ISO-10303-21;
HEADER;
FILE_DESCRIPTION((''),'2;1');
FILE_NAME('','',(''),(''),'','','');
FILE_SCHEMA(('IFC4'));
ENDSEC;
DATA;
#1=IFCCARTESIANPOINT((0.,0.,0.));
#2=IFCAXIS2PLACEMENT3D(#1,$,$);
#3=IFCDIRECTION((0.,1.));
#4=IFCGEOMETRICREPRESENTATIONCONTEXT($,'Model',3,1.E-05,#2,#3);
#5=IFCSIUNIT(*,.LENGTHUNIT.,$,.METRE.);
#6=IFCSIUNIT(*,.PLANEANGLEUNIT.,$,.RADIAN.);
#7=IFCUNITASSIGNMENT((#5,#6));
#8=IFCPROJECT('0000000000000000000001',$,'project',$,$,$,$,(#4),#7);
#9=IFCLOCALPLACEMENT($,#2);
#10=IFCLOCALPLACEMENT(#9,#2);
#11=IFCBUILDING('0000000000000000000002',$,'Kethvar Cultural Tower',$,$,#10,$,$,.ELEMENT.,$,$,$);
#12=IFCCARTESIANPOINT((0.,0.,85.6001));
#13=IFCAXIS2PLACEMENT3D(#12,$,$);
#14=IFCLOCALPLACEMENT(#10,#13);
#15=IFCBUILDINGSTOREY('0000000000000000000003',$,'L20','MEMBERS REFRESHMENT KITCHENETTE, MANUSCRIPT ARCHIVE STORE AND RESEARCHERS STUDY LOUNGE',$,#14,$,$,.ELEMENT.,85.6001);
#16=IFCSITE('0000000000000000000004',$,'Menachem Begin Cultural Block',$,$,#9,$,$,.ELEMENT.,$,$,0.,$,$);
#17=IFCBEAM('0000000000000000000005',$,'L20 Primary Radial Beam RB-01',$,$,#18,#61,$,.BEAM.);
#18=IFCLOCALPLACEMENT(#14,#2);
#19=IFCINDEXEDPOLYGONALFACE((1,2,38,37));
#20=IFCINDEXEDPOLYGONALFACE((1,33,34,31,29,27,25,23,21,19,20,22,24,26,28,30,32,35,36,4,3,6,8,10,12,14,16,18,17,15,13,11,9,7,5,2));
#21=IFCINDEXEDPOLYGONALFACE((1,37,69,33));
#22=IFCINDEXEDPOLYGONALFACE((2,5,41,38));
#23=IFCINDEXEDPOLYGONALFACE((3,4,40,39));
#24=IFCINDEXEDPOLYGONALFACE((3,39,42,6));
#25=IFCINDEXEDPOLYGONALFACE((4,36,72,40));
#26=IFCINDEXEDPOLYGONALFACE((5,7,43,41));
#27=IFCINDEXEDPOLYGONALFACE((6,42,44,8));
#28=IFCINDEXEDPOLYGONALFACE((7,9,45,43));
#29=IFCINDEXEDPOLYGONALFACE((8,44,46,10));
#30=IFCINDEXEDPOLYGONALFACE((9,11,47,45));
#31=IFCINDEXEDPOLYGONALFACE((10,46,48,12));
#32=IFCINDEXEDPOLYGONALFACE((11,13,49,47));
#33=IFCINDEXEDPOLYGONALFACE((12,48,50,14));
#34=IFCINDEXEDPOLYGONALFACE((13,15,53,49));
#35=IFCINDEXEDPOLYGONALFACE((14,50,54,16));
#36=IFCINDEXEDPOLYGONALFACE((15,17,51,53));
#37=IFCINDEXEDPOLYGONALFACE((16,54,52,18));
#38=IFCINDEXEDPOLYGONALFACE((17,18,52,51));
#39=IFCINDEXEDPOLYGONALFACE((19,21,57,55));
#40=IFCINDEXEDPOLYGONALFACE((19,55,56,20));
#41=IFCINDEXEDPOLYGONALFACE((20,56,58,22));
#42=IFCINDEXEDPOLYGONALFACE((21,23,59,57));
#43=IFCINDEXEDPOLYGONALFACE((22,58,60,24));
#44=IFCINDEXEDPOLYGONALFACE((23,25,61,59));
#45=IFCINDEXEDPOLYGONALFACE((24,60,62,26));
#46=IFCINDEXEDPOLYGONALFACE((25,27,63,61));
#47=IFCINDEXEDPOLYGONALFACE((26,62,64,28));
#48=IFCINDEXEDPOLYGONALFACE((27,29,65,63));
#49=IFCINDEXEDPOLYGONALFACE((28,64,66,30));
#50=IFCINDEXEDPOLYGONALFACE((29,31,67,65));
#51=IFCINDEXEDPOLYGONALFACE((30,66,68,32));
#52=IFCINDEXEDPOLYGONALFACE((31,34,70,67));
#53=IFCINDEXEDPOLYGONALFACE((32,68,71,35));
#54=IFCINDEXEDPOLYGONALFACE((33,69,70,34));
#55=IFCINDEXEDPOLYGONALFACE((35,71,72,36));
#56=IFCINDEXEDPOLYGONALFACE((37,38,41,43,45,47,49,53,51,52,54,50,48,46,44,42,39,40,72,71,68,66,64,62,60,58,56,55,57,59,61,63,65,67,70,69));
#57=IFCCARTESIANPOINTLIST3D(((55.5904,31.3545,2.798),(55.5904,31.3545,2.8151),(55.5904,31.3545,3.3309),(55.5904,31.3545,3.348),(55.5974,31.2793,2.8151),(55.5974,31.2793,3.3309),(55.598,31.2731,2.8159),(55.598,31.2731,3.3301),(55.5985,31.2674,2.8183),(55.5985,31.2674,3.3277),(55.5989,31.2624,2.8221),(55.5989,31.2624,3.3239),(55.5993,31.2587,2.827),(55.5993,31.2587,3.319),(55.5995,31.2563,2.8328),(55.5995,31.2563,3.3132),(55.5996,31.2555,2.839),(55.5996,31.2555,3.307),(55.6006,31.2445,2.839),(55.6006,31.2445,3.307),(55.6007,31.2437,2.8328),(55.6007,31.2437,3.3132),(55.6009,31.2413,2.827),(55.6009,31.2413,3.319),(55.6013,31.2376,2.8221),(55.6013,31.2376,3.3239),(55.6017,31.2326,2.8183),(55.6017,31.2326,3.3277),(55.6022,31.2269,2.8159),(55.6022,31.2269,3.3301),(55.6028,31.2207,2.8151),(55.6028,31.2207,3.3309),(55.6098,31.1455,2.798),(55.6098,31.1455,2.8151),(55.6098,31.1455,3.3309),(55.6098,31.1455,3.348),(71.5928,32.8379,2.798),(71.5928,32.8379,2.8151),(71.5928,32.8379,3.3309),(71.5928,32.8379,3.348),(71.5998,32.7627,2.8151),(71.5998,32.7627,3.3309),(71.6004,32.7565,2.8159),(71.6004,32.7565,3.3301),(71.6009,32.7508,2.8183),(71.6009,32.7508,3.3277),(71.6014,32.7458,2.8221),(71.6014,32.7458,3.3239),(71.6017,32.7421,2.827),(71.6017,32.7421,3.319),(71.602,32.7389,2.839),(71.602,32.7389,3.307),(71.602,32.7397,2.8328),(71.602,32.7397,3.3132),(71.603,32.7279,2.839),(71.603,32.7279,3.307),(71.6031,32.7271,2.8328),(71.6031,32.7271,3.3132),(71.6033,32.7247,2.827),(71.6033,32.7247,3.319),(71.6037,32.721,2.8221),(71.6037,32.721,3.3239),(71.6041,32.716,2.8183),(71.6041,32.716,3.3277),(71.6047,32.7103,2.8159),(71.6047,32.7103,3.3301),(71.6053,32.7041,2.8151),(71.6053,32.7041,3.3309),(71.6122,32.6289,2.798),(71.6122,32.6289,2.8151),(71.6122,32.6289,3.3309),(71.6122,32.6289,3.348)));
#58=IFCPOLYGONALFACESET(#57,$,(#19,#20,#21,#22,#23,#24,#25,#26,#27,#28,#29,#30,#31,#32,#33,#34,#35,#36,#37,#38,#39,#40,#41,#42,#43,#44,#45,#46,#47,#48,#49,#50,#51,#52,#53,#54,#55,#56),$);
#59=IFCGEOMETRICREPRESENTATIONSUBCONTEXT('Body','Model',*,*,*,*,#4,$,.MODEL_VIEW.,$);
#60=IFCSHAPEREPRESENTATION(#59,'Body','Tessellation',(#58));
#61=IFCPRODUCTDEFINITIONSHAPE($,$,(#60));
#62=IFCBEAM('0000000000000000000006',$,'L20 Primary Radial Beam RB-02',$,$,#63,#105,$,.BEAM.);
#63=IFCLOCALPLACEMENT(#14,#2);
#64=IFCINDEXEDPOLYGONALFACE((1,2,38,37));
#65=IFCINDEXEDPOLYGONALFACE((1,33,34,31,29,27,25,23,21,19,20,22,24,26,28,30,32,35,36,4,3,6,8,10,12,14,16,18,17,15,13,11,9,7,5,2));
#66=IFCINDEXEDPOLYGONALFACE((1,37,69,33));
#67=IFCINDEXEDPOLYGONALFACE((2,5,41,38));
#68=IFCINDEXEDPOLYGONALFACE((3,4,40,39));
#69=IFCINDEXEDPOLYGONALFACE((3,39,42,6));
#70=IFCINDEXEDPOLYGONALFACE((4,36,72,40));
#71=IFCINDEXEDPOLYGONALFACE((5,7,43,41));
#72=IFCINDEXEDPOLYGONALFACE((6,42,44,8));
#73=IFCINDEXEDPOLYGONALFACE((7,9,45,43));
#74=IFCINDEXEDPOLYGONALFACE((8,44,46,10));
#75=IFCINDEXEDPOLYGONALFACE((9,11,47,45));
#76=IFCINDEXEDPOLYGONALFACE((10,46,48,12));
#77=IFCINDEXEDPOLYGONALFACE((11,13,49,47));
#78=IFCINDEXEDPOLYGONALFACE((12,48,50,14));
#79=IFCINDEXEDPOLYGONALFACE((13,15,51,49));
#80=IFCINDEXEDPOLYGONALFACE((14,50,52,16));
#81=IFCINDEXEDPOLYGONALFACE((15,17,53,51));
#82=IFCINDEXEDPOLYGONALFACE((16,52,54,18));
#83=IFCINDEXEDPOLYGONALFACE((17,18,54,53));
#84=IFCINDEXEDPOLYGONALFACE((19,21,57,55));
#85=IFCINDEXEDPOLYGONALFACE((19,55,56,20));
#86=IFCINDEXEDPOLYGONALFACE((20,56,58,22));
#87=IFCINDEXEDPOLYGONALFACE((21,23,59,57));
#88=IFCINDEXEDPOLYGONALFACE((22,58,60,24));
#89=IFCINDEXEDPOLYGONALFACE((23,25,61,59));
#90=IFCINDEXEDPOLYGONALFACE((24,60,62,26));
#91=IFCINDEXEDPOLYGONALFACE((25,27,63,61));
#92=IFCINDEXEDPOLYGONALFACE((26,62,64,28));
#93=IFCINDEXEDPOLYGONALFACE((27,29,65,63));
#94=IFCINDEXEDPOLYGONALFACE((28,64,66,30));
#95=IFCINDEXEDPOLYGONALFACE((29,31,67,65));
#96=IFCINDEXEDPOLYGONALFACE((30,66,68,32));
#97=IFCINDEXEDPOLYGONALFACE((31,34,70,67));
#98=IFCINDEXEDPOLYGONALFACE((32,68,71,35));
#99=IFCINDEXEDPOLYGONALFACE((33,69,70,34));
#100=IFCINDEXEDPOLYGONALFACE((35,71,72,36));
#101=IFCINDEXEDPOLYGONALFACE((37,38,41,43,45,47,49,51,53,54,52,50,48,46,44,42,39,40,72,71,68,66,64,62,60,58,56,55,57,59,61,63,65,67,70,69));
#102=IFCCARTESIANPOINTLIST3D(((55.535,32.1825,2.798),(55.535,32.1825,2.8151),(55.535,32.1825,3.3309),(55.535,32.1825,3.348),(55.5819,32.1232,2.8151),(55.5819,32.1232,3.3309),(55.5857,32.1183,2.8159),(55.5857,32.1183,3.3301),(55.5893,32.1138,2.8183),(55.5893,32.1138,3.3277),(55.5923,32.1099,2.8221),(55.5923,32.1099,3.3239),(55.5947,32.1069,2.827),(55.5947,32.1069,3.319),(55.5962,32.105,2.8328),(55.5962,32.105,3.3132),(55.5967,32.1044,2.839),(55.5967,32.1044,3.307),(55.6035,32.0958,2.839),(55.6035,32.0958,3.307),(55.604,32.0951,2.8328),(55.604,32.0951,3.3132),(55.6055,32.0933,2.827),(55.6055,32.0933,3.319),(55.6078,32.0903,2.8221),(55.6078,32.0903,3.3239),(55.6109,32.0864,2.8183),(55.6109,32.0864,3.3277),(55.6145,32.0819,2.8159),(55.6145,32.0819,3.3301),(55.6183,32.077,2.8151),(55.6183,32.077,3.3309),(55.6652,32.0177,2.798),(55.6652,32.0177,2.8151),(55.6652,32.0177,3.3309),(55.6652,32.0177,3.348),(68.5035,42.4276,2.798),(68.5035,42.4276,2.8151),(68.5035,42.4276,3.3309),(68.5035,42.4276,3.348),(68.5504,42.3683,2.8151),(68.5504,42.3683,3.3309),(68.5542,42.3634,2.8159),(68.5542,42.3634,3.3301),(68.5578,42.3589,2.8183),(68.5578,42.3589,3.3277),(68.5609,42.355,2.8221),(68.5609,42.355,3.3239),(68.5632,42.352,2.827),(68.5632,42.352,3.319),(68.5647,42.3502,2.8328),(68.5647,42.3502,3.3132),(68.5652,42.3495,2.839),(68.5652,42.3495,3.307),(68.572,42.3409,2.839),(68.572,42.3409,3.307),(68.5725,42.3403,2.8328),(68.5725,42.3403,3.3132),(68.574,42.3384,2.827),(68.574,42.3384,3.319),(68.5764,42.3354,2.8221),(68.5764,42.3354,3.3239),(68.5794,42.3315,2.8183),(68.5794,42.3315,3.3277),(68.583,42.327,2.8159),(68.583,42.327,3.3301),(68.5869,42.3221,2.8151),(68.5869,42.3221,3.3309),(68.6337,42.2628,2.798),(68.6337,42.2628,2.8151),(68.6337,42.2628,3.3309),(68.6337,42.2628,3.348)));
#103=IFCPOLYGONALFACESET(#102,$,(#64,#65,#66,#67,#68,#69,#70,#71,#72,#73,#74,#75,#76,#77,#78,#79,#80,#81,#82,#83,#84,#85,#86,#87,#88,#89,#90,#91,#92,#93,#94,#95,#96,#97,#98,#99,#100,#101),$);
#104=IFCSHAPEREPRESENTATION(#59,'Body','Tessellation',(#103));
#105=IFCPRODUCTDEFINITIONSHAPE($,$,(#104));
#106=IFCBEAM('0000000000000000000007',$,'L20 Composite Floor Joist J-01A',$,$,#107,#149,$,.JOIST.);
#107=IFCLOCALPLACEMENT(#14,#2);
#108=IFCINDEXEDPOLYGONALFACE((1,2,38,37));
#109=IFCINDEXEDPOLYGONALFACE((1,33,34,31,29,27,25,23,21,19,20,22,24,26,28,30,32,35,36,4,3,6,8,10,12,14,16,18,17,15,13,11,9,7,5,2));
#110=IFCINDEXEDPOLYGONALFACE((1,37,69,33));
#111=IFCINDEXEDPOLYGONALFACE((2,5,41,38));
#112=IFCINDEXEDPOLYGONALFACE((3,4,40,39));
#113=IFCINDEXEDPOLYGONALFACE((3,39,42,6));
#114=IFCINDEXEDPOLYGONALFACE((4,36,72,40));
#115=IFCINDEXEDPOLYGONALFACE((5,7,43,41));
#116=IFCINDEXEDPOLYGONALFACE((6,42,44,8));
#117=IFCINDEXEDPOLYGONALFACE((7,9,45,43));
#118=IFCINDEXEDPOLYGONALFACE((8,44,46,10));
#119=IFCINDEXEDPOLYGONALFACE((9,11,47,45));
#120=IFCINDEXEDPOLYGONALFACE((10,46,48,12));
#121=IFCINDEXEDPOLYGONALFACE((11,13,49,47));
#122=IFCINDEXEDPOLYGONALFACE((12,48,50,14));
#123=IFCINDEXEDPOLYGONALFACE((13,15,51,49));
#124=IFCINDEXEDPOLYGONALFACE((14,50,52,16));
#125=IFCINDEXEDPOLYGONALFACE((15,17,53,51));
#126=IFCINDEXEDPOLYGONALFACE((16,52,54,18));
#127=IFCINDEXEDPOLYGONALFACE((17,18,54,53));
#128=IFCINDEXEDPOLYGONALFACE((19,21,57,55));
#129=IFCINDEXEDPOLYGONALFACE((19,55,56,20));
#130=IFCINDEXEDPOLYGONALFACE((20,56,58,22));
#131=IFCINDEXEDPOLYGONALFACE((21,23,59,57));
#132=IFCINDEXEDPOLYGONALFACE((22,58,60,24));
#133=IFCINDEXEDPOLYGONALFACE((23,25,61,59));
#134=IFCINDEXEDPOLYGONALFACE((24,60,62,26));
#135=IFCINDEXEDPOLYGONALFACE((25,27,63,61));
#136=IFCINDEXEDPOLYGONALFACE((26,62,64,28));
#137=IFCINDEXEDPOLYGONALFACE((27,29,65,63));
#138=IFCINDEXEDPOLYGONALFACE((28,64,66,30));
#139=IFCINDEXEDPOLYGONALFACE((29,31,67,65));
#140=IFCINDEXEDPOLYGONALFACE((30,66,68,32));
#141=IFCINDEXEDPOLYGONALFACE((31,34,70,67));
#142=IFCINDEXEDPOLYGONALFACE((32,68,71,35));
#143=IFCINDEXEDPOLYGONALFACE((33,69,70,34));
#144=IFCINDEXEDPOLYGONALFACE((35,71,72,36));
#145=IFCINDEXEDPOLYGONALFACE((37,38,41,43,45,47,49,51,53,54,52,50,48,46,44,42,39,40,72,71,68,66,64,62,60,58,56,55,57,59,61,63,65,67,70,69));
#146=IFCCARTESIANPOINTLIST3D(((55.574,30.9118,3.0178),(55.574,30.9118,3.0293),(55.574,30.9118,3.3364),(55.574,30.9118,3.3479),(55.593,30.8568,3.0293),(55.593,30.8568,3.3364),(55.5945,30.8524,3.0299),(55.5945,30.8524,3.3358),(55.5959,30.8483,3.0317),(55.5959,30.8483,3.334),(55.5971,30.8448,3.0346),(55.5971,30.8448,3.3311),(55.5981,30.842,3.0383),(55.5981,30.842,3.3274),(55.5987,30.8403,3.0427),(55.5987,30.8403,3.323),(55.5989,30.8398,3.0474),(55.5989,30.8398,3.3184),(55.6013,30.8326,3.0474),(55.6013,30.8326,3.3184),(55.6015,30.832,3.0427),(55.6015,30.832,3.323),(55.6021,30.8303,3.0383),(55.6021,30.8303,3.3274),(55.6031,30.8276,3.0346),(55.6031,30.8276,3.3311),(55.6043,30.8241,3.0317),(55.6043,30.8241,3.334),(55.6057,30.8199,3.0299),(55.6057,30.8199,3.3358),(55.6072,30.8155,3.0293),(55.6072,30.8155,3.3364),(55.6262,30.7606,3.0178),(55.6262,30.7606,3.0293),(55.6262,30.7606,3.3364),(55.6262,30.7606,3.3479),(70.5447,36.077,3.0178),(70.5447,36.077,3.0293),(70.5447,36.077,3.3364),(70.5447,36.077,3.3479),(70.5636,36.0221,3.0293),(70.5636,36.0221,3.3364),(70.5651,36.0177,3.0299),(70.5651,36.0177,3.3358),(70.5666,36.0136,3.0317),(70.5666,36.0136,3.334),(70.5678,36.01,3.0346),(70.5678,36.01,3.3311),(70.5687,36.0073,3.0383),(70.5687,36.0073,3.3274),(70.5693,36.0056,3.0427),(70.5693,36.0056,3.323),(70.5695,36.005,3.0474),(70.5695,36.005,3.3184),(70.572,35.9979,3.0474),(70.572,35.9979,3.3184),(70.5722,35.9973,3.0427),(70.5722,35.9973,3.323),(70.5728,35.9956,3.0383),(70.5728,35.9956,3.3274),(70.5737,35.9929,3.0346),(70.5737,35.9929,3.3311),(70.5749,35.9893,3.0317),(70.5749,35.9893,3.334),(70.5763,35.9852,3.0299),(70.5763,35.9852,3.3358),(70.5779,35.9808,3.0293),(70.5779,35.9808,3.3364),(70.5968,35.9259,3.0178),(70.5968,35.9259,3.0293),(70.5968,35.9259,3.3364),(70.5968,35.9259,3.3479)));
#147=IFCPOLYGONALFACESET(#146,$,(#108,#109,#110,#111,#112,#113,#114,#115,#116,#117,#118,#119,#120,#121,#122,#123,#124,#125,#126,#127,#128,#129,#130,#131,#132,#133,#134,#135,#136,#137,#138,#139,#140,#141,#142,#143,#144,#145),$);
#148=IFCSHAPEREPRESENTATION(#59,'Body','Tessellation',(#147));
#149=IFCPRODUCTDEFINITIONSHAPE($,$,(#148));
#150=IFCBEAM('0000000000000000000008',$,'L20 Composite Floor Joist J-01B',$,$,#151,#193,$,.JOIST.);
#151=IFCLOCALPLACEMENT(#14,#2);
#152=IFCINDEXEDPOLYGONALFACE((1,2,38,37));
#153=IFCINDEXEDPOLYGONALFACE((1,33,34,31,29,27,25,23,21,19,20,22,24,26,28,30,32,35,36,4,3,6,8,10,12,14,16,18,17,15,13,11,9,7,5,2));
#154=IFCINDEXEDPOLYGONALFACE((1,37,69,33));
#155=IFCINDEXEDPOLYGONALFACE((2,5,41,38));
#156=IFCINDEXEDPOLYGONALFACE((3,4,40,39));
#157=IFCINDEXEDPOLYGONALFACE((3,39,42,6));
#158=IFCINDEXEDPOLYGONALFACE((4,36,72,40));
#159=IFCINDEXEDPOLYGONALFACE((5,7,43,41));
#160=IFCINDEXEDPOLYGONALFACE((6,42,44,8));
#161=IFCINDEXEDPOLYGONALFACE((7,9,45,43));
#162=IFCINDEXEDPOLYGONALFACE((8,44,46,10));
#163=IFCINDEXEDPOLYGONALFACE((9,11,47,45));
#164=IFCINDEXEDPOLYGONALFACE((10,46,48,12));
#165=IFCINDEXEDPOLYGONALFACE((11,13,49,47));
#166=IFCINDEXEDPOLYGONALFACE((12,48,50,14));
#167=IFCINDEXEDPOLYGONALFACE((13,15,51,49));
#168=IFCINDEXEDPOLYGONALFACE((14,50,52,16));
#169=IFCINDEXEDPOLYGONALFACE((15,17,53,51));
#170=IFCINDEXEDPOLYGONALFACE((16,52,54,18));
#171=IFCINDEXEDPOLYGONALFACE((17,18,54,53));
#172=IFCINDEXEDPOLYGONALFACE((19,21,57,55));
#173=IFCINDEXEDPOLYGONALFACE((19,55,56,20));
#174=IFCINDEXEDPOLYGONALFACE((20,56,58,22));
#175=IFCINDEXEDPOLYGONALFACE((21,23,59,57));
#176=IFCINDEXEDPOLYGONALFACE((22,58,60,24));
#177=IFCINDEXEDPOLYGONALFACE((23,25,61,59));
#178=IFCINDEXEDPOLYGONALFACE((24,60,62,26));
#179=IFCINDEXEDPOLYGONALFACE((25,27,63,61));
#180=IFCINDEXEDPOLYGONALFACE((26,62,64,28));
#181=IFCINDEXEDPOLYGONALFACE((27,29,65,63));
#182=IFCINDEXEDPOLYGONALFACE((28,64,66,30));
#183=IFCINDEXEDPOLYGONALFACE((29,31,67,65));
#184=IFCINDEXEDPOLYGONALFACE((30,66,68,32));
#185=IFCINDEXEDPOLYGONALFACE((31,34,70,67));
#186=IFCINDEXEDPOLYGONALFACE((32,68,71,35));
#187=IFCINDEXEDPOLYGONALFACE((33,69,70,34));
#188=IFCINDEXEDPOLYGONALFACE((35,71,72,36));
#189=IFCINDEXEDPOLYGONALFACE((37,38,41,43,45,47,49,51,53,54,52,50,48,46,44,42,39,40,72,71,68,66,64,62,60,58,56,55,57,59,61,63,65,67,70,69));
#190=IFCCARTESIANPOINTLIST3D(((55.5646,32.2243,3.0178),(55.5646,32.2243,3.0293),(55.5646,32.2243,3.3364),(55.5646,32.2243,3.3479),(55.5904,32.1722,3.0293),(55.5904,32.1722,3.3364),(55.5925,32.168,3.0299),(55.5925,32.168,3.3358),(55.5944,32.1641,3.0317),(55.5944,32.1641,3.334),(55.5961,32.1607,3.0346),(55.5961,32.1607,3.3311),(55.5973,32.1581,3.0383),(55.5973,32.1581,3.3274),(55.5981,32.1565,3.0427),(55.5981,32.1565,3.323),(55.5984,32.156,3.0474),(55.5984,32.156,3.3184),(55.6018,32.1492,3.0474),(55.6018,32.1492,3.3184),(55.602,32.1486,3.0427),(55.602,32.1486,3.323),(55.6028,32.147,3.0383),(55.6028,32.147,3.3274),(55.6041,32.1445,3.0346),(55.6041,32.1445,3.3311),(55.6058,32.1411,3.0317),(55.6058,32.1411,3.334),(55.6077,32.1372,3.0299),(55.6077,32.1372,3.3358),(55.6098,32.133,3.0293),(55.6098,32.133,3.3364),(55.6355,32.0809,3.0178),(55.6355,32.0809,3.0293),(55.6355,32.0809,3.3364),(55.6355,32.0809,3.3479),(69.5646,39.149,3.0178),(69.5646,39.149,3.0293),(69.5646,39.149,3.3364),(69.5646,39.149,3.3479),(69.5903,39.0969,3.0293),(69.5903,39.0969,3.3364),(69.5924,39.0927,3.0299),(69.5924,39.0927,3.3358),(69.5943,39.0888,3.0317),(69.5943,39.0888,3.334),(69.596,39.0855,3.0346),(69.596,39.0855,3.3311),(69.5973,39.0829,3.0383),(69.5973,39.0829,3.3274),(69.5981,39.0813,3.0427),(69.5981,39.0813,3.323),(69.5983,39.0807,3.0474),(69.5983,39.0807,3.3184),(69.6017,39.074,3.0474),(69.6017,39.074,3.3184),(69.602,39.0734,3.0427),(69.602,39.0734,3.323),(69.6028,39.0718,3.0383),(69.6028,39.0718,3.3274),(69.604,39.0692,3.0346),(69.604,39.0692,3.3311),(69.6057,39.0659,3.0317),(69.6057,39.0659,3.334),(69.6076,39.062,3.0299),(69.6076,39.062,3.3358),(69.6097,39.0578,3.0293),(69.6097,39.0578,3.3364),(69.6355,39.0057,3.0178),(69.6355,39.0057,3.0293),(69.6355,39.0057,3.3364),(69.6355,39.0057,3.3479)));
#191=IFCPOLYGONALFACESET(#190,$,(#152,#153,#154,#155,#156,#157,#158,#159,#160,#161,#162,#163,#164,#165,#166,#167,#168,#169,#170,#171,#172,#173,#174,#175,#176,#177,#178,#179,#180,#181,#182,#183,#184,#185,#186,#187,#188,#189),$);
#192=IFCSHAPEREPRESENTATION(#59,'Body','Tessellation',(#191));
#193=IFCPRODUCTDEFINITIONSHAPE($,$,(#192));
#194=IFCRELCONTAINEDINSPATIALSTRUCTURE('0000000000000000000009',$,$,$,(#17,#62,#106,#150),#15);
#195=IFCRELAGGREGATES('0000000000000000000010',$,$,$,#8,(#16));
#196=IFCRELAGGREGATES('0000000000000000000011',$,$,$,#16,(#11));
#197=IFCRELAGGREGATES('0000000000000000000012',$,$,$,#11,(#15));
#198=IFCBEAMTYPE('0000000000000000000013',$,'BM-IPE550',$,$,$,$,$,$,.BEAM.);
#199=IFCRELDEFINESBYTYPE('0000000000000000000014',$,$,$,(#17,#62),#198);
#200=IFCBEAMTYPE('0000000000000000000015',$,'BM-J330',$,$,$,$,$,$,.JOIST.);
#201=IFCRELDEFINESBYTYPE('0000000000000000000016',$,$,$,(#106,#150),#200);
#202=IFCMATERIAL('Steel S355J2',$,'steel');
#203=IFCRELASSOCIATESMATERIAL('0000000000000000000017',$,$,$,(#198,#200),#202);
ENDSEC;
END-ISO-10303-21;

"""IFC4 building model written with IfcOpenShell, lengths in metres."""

from ifc_helpers import new_model, si_unit, direction, frame, origin, origin_2d, place, context, subcontext, project, spatial, i_section, extrude, source, transform, mapped, material, material_profile, profile_set, type_object, element, save


model = new_model("IFC4")

# Units and contexts
model_context = context("Model", 3, precision=1e-05, world=origin(), true_north=direction((0.0, 1.0)))
body_context = subcontext(model_context, "Body", "Model", "MODEL_VIEW")
ifc_project = project(units=[si_unit("LENGTHUNIT", "METRE"), si_unit("PLANEANGLEUNIT", "RADIAN")], contexts=[model_context])

# Site, building, storey
site_placement = place(None, origin())
site = spatial("IfcSite", under=ifc_project, at=site_placement, Name="Menachem Begin Cultural Block", CompositionType="ELEMENT", RefElevation=0.0)
building_placement = place(site_placement, origin())
building = spatial("IfcBuilding", under=site, at=building_placement, Name="Kethvar Cultural Tower", CompositionType="ELEMENT")
storey_placement = place(building_placement, frame((0.0, 0.0, 85.6001)))
storey = spatial("IfcBuildingStorey", under=building, at=storey_placement, Name="L20", Description="MEMBERS REFRESHMENT KITCHENETTE, MANUSCRIPT ARCHIVE STORE AND RESEARCHERS STUDY LOUNGE", CompositionType="ELEMENT", Elevation=85.6001)

# Beams
ifc_material_1 = material(Name="Steel S355J2", Category="steel")
ifc_material_profile_1 = material_profile(ifc_material_1, i_section(OverallWidth=0.21, OverallDepth=0.55, WebThickness=0.011, FlangeThickness=0.0171, FilletRadius=0.0239, at=origin_2d()), Name="Steel S355J2 — IPE550")
ifc_profile_set_1 = profile_set([ifc_material_profile_1], Name="Steel S355J2 — IPE550")
beam_type_1 = type_object("IfcBeamType", Name="BM-IPE550", PredefinedType="BEAM", material=ifc_profile_set_1)
shared_shape_1 = source(origin(), body_context, "Body", "SweptSolid", [
    extrude(i_section(OverallWidth=0.21, OverallDepth=0.55, WebThickness=0.011, FlangeThickness=0.0171, FilletRadius=0.0239, at=origin_2d()), origin(), (0.0, 0.0, 1.0), 16.071),
])
beam_1_placement = place(storey_placement, frame((55.6001, 31.25, 3.073), z_axis=(0.995731, 0.092303, 0.0), x_axis=(-0.092303, 0.995731, 0.0)))
element("IfcBeam", 1, at=beam_1_placement, inside=storey, type_object=beam_type_1, Name="L20 Primary Radial Beam RB-01", PredefinedType="BEAM", context=body_context, shape_type="MappedRepresentation", body=[
    mapped(shared_shape_1, transform((0.0, 0.0, 0.0), scale=1.0)),
])
shared_shape_2 = source(origin(), body_context, "Body", "SweptSolid", [
    extrude(i_section(OverallWidth=0.21, OverallDepth=0.55, WebThickness=0.011, FlangeThickness=0.0171, FilletRadius=0.0239, at=origin_2d()), origin(), (0.0, 0.0, 1.0), 16.5271),
])
beam_2_placement = place(storey_placement, frame((55.6001, 32.1001, 3.073), z_axis=(0.784682, 0.619899, 0.0), x_axis=(-0.619899, 0.784682, 0.0)))
element("IfcBeam", 2, at=beam_2_placement, inside=storey, type_object=beam_type_1, Name="L20 Primary Radial Beam RB-02", PredefinedType="BEAM", context=body_context, shape_type="MappedRepresentation", body=[
    mapped(shared_shape_2, transform((0.0, 0.0, 0.0), scale=1.0)),
])
ifc_material_profile_2 = material_profile(ifc_material_1, i_section(OverallWidth=0.1599, OverallDepth=0.3301, WebThickness=0.0076, FlangeThickness=0.0115, FilletRadius=0.0181, at=origin_2d()), Name="Steel S355J2 — IPE330")
ifc_profile_set_2 = profile_set([ifc_material_profile_2], Name="Steel S355J2 — IPE330")
beam_type_2 = type_object("IfcBeamType", Name="BM-J330", PredefinedType="JOIST", material=ifc_profile_set_2)
shared_shape_3 = source(origin(), body_context, "Body", "SweptSolid", [
    extrude(i_section(OverallWidth=0.1599, OverallDepth=0.3301, WebThickness=0.0076, FlangeThickness=0.0115, FilletRadius=0.0181, at=origin_2d()), origin(), (0.0, 0.0, 1.0), 15.8367),
])
beam_3_placement = place(storey_placement, frame((55.6001, 30.8362, 3.1829), z_axis=(0.945315, 0.326158, 0.0), x_axis=(-0.326158, 0.945315, 0.0)))
element("IfcBeam", 3, at=beam_3_placement, inside=storey, type_object=beam_type_2, Name="L20 Composite Floor Joist J-01A", PredefinedType="JOIST", context=body_context, shape_type="MappedRepresentation", body=[
    mapped(shared_shape_3, transform((0.0, 0.0, 0.0), scale=1.0)),
])
shared_shape_4 = source(origin(), body_context, "Body", "SweptSolid", [
    extrude(i_section(OverallWidth=0.1599, OverallDepth=0.3301, WebThickness=0.0076, FlangeThickness=0.0115, FilletRadius=0.0181, at=origin_2d()), origin(), (0.0, 0.0, 1.0), 15.6189),
])
beam_4_placement = place(storey_placement, frame((55.6001, 32.1526, 3.1829), z_axis=(0.896345, 0.443358, 0.0), x_axis=(-0.443358, 0.896345, 0.0)))
element("IfcBeam", 4, at=beam_4_placement, inside=storey, type_object=beam_type_2, Name="L20 Composite Floor Joist J-01B", PredefinedType="JOIST", context=body_context, shape_type="MappedRepresentation", body=[
    mapped(shared_shape_4, transform((0.0, 0.0, 0.0), scale=1.0)),
])

save(model, "model.ifc")
